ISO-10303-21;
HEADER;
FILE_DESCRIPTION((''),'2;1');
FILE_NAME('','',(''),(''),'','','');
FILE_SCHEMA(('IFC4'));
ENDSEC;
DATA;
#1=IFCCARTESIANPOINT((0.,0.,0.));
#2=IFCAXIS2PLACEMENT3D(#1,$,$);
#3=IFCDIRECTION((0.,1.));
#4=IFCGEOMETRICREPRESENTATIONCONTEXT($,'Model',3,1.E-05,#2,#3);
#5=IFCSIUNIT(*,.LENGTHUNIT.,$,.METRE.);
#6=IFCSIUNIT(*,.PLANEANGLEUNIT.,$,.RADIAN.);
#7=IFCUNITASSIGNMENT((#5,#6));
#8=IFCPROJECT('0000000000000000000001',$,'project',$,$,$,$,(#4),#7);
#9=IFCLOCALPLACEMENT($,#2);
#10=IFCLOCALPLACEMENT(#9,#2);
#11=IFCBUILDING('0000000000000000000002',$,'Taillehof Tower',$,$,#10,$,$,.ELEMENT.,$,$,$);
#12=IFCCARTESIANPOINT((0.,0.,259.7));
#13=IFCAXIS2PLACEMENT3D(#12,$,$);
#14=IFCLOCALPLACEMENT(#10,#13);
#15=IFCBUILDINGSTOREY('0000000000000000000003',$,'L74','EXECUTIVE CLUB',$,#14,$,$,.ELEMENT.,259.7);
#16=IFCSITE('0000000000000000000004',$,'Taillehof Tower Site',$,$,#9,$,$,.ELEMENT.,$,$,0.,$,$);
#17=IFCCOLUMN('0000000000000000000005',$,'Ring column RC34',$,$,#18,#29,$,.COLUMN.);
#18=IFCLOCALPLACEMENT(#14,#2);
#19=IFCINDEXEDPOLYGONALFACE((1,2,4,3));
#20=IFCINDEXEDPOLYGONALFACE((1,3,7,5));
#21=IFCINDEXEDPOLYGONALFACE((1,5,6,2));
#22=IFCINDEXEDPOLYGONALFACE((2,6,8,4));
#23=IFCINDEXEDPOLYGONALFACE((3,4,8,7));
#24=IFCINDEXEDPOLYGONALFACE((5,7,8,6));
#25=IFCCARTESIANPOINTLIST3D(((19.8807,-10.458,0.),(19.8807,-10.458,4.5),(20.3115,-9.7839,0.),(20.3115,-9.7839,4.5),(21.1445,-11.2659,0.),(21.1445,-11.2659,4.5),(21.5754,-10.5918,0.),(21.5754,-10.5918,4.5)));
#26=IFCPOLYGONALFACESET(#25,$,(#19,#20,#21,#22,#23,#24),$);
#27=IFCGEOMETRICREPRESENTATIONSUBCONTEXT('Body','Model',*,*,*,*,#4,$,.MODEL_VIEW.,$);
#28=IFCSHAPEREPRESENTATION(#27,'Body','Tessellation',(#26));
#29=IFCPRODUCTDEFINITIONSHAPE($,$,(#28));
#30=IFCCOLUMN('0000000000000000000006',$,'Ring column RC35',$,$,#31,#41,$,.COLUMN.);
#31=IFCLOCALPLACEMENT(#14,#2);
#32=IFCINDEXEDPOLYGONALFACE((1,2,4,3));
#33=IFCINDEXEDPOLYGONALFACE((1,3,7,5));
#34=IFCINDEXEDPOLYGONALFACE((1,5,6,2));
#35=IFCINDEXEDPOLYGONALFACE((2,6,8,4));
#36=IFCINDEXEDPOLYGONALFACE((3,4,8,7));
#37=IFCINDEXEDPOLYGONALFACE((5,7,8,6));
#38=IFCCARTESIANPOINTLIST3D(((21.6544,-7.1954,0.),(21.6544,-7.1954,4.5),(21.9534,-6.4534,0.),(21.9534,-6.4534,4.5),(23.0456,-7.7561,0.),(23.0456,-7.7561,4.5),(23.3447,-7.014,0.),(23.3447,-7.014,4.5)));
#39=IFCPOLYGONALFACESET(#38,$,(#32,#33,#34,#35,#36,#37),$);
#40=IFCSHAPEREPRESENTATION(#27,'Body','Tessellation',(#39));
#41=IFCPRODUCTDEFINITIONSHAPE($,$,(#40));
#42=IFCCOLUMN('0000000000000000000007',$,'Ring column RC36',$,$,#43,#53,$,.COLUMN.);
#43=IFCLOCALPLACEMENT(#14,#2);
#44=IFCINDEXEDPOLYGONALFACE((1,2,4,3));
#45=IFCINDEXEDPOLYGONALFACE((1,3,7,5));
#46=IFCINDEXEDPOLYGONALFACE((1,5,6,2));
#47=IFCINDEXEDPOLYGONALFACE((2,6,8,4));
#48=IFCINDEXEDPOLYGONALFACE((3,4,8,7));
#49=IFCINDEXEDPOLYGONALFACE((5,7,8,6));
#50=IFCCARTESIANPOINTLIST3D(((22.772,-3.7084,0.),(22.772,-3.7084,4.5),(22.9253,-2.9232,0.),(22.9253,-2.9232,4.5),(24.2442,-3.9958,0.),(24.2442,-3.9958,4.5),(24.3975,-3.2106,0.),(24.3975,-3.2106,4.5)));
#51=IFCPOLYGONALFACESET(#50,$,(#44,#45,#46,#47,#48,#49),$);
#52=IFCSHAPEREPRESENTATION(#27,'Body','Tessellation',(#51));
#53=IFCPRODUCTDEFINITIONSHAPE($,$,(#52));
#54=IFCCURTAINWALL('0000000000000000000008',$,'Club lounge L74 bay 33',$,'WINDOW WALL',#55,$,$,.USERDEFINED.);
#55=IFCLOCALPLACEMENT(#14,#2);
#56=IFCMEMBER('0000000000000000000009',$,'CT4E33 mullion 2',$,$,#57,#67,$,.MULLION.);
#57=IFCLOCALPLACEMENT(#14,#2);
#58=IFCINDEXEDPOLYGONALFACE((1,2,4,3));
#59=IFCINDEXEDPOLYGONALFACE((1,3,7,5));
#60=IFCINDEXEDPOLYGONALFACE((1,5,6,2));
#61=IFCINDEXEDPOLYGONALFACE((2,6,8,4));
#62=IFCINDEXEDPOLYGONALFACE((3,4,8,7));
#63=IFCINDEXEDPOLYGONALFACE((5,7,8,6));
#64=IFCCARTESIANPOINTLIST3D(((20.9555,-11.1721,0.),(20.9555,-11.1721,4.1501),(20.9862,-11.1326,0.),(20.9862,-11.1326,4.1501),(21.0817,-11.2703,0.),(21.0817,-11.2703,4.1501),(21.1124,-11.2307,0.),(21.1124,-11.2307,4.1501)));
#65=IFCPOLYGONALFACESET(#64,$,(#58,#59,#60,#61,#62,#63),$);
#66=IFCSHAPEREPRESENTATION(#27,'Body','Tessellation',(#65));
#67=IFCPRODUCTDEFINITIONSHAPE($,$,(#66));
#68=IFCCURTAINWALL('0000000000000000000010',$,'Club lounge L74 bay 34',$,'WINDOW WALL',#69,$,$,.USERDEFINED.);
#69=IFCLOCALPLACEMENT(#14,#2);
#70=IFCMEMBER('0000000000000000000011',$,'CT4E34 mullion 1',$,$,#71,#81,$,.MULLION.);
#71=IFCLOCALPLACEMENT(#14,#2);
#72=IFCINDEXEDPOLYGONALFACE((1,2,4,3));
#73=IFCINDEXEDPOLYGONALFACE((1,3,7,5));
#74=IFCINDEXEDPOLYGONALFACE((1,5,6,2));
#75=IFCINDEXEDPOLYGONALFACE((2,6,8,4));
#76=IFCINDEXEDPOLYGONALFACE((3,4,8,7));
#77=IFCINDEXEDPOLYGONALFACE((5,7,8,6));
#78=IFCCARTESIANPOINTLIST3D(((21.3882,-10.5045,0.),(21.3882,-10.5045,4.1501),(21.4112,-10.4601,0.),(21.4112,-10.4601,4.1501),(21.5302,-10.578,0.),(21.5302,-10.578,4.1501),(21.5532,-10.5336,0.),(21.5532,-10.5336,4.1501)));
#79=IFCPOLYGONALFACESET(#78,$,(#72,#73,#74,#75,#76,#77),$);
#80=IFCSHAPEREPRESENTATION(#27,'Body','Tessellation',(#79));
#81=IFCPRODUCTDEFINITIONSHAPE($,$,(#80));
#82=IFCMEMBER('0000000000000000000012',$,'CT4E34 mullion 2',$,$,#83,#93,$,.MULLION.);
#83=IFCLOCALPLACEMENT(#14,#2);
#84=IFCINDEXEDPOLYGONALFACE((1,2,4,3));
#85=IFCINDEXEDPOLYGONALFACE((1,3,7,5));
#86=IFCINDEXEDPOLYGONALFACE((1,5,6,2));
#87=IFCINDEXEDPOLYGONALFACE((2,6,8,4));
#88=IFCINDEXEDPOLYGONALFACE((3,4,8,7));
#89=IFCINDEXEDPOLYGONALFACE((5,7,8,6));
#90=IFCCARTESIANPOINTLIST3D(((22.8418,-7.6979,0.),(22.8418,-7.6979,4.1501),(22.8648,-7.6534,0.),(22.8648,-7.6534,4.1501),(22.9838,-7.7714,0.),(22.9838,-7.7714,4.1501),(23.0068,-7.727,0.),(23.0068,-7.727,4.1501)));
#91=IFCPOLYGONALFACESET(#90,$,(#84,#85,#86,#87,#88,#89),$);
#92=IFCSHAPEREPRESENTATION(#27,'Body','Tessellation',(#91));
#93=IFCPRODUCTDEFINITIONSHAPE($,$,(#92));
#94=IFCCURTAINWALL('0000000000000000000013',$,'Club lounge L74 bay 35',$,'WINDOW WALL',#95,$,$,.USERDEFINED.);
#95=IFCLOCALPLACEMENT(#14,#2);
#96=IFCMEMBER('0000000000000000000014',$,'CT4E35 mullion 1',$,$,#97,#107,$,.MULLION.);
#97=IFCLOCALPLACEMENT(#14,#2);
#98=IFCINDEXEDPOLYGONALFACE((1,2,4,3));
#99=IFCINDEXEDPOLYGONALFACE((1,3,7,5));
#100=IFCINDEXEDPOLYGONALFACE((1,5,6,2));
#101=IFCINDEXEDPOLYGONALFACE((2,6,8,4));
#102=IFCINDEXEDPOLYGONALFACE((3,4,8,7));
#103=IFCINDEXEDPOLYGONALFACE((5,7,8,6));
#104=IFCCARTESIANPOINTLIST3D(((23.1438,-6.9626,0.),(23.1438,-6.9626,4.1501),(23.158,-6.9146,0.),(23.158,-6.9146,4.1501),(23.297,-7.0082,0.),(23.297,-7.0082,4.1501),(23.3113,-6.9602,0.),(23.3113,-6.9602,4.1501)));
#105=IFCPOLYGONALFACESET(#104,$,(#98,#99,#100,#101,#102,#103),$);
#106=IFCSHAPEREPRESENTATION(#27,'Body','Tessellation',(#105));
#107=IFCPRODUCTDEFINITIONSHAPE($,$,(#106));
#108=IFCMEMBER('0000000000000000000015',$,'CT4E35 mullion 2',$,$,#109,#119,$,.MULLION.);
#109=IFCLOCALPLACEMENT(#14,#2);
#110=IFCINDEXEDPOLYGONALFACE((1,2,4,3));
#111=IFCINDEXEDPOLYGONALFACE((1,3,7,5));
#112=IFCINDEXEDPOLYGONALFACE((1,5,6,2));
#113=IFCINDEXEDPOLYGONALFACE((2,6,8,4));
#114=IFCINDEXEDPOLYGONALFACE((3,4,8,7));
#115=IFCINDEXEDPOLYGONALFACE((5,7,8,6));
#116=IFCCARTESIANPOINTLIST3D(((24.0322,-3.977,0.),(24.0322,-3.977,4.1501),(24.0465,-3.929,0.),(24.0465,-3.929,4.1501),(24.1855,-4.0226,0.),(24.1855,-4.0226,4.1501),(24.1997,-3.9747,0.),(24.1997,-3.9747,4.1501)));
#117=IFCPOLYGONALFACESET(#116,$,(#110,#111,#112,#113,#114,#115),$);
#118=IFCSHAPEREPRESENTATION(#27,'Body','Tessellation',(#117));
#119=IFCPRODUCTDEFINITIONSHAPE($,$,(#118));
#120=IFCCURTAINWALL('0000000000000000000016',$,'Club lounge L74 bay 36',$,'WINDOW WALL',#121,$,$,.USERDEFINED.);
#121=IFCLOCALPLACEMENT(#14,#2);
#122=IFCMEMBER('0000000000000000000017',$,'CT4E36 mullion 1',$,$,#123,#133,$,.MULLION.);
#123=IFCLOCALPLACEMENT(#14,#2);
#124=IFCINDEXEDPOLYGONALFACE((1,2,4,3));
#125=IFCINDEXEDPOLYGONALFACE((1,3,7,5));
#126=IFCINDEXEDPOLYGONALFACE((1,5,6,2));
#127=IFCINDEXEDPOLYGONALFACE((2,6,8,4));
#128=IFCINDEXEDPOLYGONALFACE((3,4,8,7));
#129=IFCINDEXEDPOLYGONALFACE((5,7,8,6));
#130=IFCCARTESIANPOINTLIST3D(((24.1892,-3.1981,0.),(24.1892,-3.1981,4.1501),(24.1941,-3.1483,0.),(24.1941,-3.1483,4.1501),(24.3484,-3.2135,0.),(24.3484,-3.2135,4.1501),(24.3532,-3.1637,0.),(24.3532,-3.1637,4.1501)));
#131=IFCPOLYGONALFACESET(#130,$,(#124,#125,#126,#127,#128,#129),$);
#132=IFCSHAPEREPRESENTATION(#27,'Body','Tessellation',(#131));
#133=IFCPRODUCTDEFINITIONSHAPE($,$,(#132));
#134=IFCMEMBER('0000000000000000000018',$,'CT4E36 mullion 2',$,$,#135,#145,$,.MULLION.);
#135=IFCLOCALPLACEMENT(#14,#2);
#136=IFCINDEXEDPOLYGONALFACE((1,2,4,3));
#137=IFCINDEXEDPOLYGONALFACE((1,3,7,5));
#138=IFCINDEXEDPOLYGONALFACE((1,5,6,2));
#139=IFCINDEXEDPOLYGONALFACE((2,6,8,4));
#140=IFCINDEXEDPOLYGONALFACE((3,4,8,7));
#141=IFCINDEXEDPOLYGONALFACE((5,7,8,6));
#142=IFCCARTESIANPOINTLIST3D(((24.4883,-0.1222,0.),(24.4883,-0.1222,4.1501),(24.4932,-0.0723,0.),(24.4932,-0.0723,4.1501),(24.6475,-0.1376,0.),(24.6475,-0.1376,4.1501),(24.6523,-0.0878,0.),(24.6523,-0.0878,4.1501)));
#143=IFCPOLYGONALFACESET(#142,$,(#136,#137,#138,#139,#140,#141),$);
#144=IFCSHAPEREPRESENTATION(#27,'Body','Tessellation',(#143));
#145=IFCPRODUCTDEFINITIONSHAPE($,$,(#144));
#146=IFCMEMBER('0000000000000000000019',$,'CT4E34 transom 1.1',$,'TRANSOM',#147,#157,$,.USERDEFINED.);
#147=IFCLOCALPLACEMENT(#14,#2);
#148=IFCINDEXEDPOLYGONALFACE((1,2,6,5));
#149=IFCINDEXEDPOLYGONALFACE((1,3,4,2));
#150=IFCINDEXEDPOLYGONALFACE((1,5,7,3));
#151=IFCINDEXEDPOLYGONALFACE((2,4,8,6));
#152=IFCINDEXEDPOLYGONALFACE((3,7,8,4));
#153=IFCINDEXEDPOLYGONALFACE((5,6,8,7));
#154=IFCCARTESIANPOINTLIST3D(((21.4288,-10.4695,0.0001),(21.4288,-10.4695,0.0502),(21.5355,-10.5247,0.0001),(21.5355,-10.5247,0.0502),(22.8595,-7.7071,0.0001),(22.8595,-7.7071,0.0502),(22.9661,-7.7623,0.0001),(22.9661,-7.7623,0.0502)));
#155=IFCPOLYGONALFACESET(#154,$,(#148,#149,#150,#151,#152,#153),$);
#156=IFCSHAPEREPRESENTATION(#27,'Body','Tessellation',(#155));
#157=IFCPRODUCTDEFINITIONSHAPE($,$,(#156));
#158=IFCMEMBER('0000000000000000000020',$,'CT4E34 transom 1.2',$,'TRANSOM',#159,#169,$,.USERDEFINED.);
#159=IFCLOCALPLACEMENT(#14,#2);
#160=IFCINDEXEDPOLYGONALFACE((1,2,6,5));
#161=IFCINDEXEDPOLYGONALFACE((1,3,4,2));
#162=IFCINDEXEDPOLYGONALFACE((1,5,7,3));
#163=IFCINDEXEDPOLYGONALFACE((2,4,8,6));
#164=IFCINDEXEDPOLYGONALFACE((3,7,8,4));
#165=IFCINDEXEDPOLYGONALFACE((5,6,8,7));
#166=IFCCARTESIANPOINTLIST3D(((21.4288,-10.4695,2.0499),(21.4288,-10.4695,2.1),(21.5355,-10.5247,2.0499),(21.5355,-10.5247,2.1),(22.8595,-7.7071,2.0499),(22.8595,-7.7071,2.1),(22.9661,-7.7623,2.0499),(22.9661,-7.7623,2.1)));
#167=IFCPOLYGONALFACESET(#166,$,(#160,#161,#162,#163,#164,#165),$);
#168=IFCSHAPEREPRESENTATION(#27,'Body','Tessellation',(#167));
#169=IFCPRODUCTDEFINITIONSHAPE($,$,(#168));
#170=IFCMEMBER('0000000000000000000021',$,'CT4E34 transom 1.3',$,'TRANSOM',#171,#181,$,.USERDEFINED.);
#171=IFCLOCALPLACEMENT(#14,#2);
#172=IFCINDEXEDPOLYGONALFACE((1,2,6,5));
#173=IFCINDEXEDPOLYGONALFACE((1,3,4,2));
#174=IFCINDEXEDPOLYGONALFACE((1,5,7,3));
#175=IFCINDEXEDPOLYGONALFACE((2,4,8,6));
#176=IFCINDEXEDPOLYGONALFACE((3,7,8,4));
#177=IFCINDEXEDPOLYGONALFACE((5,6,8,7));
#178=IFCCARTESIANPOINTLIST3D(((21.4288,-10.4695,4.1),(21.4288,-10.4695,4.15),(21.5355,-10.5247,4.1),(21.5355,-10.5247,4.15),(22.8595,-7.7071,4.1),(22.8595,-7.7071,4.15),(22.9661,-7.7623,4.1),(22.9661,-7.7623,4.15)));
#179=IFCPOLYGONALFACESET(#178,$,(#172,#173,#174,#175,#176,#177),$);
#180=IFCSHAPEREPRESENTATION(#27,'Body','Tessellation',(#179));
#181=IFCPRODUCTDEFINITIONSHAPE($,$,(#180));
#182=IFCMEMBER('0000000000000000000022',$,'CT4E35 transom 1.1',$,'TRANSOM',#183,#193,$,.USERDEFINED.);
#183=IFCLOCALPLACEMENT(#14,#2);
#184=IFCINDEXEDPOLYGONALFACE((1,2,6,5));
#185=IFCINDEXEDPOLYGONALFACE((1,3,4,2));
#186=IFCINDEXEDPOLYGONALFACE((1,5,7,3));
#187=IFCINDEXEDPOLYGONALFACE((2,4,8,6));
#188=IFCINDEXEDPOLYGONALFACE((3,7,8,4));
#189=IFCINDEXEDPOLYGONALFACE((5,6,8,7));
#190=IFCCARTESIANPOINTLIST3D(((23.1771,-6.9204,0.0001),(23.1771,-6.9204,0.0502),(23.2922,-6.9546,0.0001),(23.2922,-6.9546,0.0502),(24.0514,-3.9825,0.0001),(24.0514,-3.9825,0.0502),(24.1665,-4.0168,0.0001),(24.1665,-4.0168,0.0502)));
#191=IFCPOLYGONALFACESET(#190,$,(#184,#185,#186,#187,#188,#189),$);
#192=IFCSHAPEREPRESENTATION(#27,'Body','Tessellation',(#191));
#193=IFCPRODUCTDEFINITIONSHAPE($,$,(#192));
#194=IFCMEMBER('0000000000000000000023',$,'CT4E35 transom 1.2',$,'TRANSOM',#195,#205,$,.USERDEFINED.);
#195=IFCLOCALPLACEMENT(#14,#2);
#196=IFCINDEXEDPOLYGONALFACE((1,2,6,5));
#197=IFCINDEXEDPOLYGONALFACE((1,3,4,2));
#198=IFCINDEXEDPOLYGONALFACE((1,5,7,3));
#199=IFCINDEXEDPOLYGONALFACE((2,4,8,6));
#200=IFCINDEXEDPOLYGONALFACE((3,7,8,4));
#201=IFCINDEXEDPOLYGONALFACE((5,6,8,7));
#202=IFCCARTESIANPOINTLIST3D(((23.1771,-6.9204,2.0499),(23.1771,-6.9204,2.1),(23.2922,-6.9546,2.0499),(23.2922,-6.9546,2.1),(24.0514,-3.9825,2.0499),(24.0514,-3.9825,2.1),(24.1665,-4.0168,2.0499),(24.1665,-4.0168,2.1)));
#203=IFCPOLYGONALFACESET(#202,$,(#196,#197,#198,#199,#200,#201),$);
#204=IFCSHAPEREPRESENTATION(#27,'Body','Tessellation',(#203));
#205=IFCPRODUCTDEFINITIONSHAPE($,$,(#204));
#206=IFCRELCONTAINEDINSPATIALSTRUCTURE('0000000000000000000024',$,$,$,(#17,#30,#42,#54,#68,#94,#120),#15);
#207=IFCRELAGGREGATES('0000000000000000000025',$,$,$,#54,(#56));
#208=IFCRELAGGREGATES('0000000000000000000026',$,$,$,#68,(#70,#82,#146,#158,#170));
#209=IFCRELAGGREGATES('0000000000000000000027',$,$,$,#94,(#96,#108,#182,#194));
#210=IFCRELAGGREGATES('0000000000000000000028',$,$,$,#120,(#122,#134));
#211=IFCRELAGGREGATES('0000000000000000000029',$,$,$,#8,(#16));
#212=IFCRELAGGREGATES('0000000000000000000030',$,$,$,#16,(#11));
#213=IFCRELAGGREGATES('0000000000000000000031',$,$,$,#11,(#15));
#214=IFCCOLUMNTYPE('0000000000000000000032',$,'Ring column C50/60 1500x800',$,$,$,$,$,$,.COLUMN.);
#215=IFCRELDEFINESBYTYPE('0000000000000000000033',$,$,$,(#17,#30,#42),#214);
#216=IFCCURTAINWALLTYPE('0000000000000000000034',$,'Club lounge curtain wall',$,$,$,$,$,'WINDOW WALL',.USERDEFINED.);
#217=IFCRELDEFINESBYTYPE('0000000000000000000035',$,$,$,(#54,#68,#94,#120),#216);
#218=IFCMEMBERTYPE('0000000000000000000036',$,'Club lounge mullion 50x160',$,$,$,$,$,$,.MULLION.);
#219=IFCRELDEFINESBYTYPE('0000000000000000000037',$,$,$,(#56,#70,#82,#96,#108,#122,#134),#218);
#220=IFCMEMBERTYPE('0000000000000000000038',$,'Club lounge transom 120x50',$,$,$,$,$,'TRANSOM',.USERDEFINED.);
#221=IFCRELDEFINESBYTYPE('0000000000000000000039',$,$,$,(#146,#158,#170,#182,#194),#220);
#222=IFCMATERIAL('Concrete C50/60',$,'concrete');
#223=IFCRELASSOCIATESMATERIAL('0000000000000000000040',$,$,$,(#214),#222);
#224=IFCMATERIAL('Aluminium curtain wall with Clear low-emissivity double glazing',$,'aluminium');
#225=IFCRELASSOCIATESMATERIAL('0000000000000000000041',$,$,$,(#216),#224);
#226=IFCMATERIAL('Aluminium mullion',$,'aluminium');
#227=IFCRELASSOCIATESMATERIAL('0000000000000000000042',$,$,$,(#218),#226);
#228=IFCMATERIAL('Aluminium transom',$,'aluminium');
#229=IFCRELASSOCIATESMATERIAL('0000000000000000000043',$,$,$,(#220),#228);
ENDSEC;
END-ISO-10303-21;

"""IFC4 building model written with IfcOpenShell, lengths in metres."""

from ifc_helpers import new_model, si_unit, direction, frame, origin, origin_2d, place, context, subcontext, project, spatial, rectangle, extrude, material, material_profile, profile_set, type_object, element, aggregate, save


model = new_model("IFC4")

# Units and contexts
model_context = context("Model", 3, precision=1e-05, world=origin(), true_north=direction((0.0, 1.0)))
body_context = subcontext(model_context, "Body", "Model", "MODEL_VIEW")
ifc_project = project(units=[si_unit("LENGTHUNIT", "METRE"), si_unit("PLANEANGLEUNIT", "RADIAN")], contexts=[model_context])

# Site, building, storey
site_placement = place(None, origin())
site = spatial("IfcSite", under=ifc_project, at=site_placement, Name="Taillehof Tower Site", CompositionType="ELEMENT", RefElevation=0.0)
building_placement = place(site_placement, origin())
building = spatial("IfcBuilding", under=site, at=building_placement, Name="Taillehof Tower", CompositionType="ELEMENT")
storey_placement = place(building_placement, frame((0.0, 0.0, 259.7)))
storey = spatial("IfcBuildingStorey", under=building, at=storey_placement, Name="L74", Description="EXECUTIVE CLUB", CompositionType="ELEMENT", Elevation=259.7)

# Columns
ifc_material_1 = material(Name="Concrete C50/60", Category="concrete")
ifc_material_profile_1 = material_profile(ifc_material_1, rectangle(XDim=1.5, YDim=0.8, at=origin_2d()), Name="RC 1500x800")
ifc_profile_set_1 = profile_set([ifc_material_profile_1], Name="Concrete C50/60")
column_type = type_object("IfcColumnType", Name="Ring column C50/60 1500x800", PredefinedType="COLUMN", material=ifc_profile_set_1)
for number, where, z_axis, x_axis, name in (
    (1, (20.728, -10.5249, 0.0), (0.0, 0.0, 1.0), (0.842574, -0.538581, 0.0), "Ring column RC34"),
    (2, (22.4995, -7.1047, 0.0), (0.0, 0.0, 1.0), (0.927525, -0.373762, 0.0), "Ring column RC35"),
    (3, (23.5847, -3.4595, 0.0), (0.0, 0.0, 1.0), (0.981473, -0.191602, 0.0), "Ring column RC36"),
):
    element("IfcColumn", number, at=place(storey_placement, frame(where, z_axis=z_axis, x_axis=x_axis)), inside=storey, type_object=column_type, Name=name, PredefinedType="COLUMN", context=body_context, shape_type="SweptSolid", body=[
        extrude(rectangle(XDim=1.5, YDim=0.8, at=origin_2d()), origin(), (0.0, 0.0, 1.0), 4.5),
    ])

# Curtain wall, member
ifc_material_2 = material(Name="Aluminium curtain wall with Clear low-emissivity double glazing", Category="aluminium")
curtain_wall_type = type_object("IfcCurtainWallType", Name="Club lounge curtain wall", ElementType="WINDOW WALL", PredefinedType="USERDEFINED", material=ifc_material_2)
curtain_wall_1_placement = place(storey_placement, origin())
curtain_wall_1 = element("IfcCurtainWall", 4, at=curtain_wall_1_placement, inside=storey, type_object=curtain_wall_type, Name="Club lounge L74 bay 33", ObjectType="WINDOW WALL", PredefinedType="USERDEFINED")
ifc_material_3 = material(Name="Aluminium mullion", Category="aluminium")
ifc_material_profile_2 = material_profile(ifc_material_3, rectangle(XDim=0.1599, YDim=0.05, at=origin_2d()), Name="AL 50x160")
ifc_profile_set_2 = profile_set([ifc_material_profile_2], Name="Aluminium mullion")
member_type_1 = type_object("IfcMemberType", Name="Club lounge mullion 50x160", PredefinedType="MULLION", material=ifc_profile_set_2)
member_1_placement = place(storey_placement, frame((21.0339, -11.2014, 0.0), z_axis=(0.0, 0.0, 1.0), x_axis=(-0.789382, 0.613903, 0.0)))
member_1 = element("IfcMember", 5, at=member_1_placement, type_object=member_type_1, Name="CT4E33 mullion 2", PredefinedType="MULLION", context=body_context, shape_type="SweptSolid", body=[
    extrude(rectangle(XDim=0.1599, YDim=0.05, at=origin_2d()), origin(), (0.0, 0.0, 1.0), 4.1501),
])

# Curtain walls, members
curtain_wall_2_placement = place(storey_placement, origin())
curtain_wall_2 = element("IfcCurtainWall", 6, at=curtain_wall_2_placement, inside=storey, type_object=curtain_wall_type, Name="Club lounge L74 bay 34", ObjectType="WINDOW WALL", PredefinedType="USERDEFINED")
member_2_placement = place(storey_placement, frame((21.4707, -10.519, 0.0), z_axis=(0.0, 0.0, 1.0), x_axis=(-0.887975, 0.459891, 0.0)))
member_2 = element("IfcMember", 7, at=member_2_placement, type_object=member_type_1, Name="CT4E34 mullion 1", PredefinedType="MULLION", context=body_context, shape_type="SweptSolid", body=[
    extrude(rectangle(XDim=0.1599, YDim=0.05, at=origin_2d()), origin(), (0.0, 0.0, 1.0), 4.1501),
])
member_3_placement = place(storey_placement, frame((22.9243, -7.7124, 0.0), z_axis=(0.0, 0.0, 1.0), x_axis=(-0.887975, 0.459891, 0.0)))
member_3 = element("IfcMember", 8, at=member_3_placement, type_object=member_type_1, Name="CT4E34 mullion 2", PredefinedType="MULLION", context=body_context, shape_type="SweptSolid", body=[
    extrude(rectangle(XDim=0.1599, YDim=0.05, at=origin_2d()), origin(), (0.0, 0.0, 1.0), 4.1501),
])
curtain_wall_3_placement = place(storey_placement, origin())
curtain_wall_3 = element("IfcCurtainWall", 9, at=curtain_wall_3_placement, inside=storey, type_object=curtain_wall_type, Name="Club lounge L74 bay 35", ObjectType="WINDOW WALL", PredefinedType="USERDEFINED")
member_4_placement = place(storey_placement, frame((23.2275, -6.9614, 0.0), z_axis=(0.0, 0.0, 1.0), x_axis=(-0.958457, 0.285236, 0.0)))
member_4 = element("IfcMember", 10, at=member_4_placement, type_object=member_type_1, Name="CT4E35 mullion 1", PredefinedType="MULLION", context=body_context, shape_type="SweptSolid", body=[
    extrude(rectangle(XDim=0.1599, YDim=0.05, at=origin_2d()), origin(), (0.0, 0.0, 1.0), 4.1501),
])
member_5_placement = place(storey_placement, frame((24.116, -3.9758, 0.0), z_axis=(0.0, 0.0, 1.0), x_axis=(-0.958457, 0.285236, 0.0)))
member_5 = element("IfcMember", 11, at=member_5_placement, type_object=member_type_1, Name="CT4E35 mullion 2", PredefinedType="MULLION", context=body_context, shape_type="SweptSolid", body=[
    extrude(rectangle(XDim=0.1599, YDim=0.05, at=origin_2d()), origin(), (0.0, 0.0, 1.0), 4.1501),
])
curtain_wall_4_placement = place(storey_placement, origin())
curtain_wall_4 = element("IfcCurtainWall", 12, at=curtain_wall_4_placement, inside=storey, type_object=curtain_wall_type, Name="Club lounge L74 bay 36", ObjectType="WINDOW WALL", PredefinedType="USERDEFINED")
member_6_placement = place(storey_placement, frame((24.2712, -3.1809, 0.0), z_axis=(0.0, 0.0, 1.0), x_axis=(-0.995312, 0.096714, 0.0)))
member_6 = element("IfcMember", 13, at=member_6_placement, type_object=member_type_1, Name="CT4E36 mullion 1", PredefinedType="MULLION", context=body_context, shape_type="SweptSolid", body=[
    extrude(rectangle(XDim=0.1599, YDim=0.05, at=origin_2d()), origin(), (0.0, 0.0, 1.0), 4.1501),
])
member_7_placement = place(storey_placement, frame((24.5703, -0.105, 0.0), z_axis=(0.0, 0.0, 1.0), x_axis=(-0.995312, 0.096714, 0.0)))
member_7 = element("IfcMember", 14, at=member_7_placement, type_object=member_type_1, Name="CT4E36 mullion 2", PredefinedType="MULLION", context=body_context, shape_type="SweptSolid", body=[
    extrude(rectangle(XDim=0.1599, YDim=0.05, at=origin_2d()), origin(), (0.0, 0.0, 1.0), 4.1501),
])

# Members
ifc_material_4 = material(Name="Aluminium transom", Category="aluminium")
ifc_material_profile_3 = material_profile(ifc_material_4, rectangle(XDim=0.1201, YDim=0.05, at=origin_2d()), Name="AL 120x50")
ifc_profile_set_3 = profile_set([ifc_material_profile_3], Name="Aluminium transom")
member_type_2 = type_object("IfcMemberType", Name="Club lounge transom 120x50", ElementType="TRANSOM", PredefinedType="USERDEFINED", material=ifc_profile_set_3)
member_8_placement = place(storey_placement, frame((21.4822, -10.4971, 0.0251), z_axis=(0.459882, 0.88798, 0.0), x_axis=(-0.88798, 0.459882, 0.0)))
member_8 = element("IfcMember", 15, at=member_8_placement, type_object=member_type_2, Name="CT4E34 transom 1.1", ObjectType="TRANSOM", PredefinedType="USERDEFINED", context=body_context, shape_type="SweptSolid", body=[
    extrude(rectangle(XDim=0.1201, YDim=0.05, at=origin_2d()), origin(), (0.0, 0.0, 1.0), 3.1108),
])
member_9_placement = place(storey_placement, frame((21.4822, -10.4971, 2.075), z_axis=(0.459882, 0.88798, 0.0), x_axis=(-0.88798, 0.459882, 0.0)))
member_9 = element("IfcMember", 16, at=member_9_placement, type_object=member_type_2, Name="CT4E34 transom 1.2", ObjectType="TRANSOM", PredefinedType="USERDEFINED", context=body_context, shape_type="SweptSolid", body=[
    extrude(rectangle(XDim=0.1201, YDim=0.05, at=origin_2d()), origin(), (0.0, 0.0, 1.0), 3.1108),
])
member_10_placement = place(storey_placement, frame((21.4822, -10.4971, 4.125), z_axis=(0.459882, 0.88798, 0.0), x_axis=(-0.88798, 0.459882, 0.0)))
member_10 = element("IfcMember", 17, at=member_10_placement, type_object=member_type_2, Name="CT4E34 transom 1.3", ObjectType="TRANSOM", PredefinedType="USERDEFINED", context=body_context, shape_type="SweptSolid", body=[
    extrude(rectangle(XDim=0.1201, YDim=0.05, at=origin_2d()), origin(), (0.0, 0.0, 1.0), 3.1108),
])
member_11_placement = place(storey_placement, frame((23.2346, -6.9375, 0.0251), z_axis=(0.285235, 0.958458, 0.0), x_axis=(-0.958458, 0.285235, 0.0)))
member_11 = element("IfcMember", 18, at=member_11_placement, type_object=member_type_2, Name="CT4E35 transom 1.1", ObjectType="TRANSOM", PredefinedType="USERDEFINED", context=body_context, shape_type="SweptSolid", body=[
    extrude(rectangle(XDim=0.1201, YDim=0.05, at=origin_2d()), origin(), (0.0, 0.0, 1.0), 3.0652),
])
member_12_placement = place(storey_placement, frame((23.2346, -6.9375, 2.075), z_axis=(0.285235, 0.958458, 0.0), x_axis=(-0.958458, 0.285235, 0.0)))
member_12 = element("IfcMember", 19, at=member_12_placement, type_object=member_type_2, Name="CT4E35 transom 1.2", ObjectType="TRANSOM", PredefinedType="USERDEFINED", context=body_context, shape_type="SweptSolid", body=[
    extrude(rectangle(XDim=0.1201, YDim=0.05, at=origin_2d()), origin(), (0.0, 0.0, 1.0), 3.0652),
])

aggregate(curtain_wall_1, [member_1])
aggregate(curtain_wall_2, [member_2, member_3, member_8, member_9, member_10])
aggregate(curtain_wall_3, [member_4, member_5, member_11, member_12])
aggregate(curtain_wall_4, [member_6, member_7])

save(model, "model.ifc")
